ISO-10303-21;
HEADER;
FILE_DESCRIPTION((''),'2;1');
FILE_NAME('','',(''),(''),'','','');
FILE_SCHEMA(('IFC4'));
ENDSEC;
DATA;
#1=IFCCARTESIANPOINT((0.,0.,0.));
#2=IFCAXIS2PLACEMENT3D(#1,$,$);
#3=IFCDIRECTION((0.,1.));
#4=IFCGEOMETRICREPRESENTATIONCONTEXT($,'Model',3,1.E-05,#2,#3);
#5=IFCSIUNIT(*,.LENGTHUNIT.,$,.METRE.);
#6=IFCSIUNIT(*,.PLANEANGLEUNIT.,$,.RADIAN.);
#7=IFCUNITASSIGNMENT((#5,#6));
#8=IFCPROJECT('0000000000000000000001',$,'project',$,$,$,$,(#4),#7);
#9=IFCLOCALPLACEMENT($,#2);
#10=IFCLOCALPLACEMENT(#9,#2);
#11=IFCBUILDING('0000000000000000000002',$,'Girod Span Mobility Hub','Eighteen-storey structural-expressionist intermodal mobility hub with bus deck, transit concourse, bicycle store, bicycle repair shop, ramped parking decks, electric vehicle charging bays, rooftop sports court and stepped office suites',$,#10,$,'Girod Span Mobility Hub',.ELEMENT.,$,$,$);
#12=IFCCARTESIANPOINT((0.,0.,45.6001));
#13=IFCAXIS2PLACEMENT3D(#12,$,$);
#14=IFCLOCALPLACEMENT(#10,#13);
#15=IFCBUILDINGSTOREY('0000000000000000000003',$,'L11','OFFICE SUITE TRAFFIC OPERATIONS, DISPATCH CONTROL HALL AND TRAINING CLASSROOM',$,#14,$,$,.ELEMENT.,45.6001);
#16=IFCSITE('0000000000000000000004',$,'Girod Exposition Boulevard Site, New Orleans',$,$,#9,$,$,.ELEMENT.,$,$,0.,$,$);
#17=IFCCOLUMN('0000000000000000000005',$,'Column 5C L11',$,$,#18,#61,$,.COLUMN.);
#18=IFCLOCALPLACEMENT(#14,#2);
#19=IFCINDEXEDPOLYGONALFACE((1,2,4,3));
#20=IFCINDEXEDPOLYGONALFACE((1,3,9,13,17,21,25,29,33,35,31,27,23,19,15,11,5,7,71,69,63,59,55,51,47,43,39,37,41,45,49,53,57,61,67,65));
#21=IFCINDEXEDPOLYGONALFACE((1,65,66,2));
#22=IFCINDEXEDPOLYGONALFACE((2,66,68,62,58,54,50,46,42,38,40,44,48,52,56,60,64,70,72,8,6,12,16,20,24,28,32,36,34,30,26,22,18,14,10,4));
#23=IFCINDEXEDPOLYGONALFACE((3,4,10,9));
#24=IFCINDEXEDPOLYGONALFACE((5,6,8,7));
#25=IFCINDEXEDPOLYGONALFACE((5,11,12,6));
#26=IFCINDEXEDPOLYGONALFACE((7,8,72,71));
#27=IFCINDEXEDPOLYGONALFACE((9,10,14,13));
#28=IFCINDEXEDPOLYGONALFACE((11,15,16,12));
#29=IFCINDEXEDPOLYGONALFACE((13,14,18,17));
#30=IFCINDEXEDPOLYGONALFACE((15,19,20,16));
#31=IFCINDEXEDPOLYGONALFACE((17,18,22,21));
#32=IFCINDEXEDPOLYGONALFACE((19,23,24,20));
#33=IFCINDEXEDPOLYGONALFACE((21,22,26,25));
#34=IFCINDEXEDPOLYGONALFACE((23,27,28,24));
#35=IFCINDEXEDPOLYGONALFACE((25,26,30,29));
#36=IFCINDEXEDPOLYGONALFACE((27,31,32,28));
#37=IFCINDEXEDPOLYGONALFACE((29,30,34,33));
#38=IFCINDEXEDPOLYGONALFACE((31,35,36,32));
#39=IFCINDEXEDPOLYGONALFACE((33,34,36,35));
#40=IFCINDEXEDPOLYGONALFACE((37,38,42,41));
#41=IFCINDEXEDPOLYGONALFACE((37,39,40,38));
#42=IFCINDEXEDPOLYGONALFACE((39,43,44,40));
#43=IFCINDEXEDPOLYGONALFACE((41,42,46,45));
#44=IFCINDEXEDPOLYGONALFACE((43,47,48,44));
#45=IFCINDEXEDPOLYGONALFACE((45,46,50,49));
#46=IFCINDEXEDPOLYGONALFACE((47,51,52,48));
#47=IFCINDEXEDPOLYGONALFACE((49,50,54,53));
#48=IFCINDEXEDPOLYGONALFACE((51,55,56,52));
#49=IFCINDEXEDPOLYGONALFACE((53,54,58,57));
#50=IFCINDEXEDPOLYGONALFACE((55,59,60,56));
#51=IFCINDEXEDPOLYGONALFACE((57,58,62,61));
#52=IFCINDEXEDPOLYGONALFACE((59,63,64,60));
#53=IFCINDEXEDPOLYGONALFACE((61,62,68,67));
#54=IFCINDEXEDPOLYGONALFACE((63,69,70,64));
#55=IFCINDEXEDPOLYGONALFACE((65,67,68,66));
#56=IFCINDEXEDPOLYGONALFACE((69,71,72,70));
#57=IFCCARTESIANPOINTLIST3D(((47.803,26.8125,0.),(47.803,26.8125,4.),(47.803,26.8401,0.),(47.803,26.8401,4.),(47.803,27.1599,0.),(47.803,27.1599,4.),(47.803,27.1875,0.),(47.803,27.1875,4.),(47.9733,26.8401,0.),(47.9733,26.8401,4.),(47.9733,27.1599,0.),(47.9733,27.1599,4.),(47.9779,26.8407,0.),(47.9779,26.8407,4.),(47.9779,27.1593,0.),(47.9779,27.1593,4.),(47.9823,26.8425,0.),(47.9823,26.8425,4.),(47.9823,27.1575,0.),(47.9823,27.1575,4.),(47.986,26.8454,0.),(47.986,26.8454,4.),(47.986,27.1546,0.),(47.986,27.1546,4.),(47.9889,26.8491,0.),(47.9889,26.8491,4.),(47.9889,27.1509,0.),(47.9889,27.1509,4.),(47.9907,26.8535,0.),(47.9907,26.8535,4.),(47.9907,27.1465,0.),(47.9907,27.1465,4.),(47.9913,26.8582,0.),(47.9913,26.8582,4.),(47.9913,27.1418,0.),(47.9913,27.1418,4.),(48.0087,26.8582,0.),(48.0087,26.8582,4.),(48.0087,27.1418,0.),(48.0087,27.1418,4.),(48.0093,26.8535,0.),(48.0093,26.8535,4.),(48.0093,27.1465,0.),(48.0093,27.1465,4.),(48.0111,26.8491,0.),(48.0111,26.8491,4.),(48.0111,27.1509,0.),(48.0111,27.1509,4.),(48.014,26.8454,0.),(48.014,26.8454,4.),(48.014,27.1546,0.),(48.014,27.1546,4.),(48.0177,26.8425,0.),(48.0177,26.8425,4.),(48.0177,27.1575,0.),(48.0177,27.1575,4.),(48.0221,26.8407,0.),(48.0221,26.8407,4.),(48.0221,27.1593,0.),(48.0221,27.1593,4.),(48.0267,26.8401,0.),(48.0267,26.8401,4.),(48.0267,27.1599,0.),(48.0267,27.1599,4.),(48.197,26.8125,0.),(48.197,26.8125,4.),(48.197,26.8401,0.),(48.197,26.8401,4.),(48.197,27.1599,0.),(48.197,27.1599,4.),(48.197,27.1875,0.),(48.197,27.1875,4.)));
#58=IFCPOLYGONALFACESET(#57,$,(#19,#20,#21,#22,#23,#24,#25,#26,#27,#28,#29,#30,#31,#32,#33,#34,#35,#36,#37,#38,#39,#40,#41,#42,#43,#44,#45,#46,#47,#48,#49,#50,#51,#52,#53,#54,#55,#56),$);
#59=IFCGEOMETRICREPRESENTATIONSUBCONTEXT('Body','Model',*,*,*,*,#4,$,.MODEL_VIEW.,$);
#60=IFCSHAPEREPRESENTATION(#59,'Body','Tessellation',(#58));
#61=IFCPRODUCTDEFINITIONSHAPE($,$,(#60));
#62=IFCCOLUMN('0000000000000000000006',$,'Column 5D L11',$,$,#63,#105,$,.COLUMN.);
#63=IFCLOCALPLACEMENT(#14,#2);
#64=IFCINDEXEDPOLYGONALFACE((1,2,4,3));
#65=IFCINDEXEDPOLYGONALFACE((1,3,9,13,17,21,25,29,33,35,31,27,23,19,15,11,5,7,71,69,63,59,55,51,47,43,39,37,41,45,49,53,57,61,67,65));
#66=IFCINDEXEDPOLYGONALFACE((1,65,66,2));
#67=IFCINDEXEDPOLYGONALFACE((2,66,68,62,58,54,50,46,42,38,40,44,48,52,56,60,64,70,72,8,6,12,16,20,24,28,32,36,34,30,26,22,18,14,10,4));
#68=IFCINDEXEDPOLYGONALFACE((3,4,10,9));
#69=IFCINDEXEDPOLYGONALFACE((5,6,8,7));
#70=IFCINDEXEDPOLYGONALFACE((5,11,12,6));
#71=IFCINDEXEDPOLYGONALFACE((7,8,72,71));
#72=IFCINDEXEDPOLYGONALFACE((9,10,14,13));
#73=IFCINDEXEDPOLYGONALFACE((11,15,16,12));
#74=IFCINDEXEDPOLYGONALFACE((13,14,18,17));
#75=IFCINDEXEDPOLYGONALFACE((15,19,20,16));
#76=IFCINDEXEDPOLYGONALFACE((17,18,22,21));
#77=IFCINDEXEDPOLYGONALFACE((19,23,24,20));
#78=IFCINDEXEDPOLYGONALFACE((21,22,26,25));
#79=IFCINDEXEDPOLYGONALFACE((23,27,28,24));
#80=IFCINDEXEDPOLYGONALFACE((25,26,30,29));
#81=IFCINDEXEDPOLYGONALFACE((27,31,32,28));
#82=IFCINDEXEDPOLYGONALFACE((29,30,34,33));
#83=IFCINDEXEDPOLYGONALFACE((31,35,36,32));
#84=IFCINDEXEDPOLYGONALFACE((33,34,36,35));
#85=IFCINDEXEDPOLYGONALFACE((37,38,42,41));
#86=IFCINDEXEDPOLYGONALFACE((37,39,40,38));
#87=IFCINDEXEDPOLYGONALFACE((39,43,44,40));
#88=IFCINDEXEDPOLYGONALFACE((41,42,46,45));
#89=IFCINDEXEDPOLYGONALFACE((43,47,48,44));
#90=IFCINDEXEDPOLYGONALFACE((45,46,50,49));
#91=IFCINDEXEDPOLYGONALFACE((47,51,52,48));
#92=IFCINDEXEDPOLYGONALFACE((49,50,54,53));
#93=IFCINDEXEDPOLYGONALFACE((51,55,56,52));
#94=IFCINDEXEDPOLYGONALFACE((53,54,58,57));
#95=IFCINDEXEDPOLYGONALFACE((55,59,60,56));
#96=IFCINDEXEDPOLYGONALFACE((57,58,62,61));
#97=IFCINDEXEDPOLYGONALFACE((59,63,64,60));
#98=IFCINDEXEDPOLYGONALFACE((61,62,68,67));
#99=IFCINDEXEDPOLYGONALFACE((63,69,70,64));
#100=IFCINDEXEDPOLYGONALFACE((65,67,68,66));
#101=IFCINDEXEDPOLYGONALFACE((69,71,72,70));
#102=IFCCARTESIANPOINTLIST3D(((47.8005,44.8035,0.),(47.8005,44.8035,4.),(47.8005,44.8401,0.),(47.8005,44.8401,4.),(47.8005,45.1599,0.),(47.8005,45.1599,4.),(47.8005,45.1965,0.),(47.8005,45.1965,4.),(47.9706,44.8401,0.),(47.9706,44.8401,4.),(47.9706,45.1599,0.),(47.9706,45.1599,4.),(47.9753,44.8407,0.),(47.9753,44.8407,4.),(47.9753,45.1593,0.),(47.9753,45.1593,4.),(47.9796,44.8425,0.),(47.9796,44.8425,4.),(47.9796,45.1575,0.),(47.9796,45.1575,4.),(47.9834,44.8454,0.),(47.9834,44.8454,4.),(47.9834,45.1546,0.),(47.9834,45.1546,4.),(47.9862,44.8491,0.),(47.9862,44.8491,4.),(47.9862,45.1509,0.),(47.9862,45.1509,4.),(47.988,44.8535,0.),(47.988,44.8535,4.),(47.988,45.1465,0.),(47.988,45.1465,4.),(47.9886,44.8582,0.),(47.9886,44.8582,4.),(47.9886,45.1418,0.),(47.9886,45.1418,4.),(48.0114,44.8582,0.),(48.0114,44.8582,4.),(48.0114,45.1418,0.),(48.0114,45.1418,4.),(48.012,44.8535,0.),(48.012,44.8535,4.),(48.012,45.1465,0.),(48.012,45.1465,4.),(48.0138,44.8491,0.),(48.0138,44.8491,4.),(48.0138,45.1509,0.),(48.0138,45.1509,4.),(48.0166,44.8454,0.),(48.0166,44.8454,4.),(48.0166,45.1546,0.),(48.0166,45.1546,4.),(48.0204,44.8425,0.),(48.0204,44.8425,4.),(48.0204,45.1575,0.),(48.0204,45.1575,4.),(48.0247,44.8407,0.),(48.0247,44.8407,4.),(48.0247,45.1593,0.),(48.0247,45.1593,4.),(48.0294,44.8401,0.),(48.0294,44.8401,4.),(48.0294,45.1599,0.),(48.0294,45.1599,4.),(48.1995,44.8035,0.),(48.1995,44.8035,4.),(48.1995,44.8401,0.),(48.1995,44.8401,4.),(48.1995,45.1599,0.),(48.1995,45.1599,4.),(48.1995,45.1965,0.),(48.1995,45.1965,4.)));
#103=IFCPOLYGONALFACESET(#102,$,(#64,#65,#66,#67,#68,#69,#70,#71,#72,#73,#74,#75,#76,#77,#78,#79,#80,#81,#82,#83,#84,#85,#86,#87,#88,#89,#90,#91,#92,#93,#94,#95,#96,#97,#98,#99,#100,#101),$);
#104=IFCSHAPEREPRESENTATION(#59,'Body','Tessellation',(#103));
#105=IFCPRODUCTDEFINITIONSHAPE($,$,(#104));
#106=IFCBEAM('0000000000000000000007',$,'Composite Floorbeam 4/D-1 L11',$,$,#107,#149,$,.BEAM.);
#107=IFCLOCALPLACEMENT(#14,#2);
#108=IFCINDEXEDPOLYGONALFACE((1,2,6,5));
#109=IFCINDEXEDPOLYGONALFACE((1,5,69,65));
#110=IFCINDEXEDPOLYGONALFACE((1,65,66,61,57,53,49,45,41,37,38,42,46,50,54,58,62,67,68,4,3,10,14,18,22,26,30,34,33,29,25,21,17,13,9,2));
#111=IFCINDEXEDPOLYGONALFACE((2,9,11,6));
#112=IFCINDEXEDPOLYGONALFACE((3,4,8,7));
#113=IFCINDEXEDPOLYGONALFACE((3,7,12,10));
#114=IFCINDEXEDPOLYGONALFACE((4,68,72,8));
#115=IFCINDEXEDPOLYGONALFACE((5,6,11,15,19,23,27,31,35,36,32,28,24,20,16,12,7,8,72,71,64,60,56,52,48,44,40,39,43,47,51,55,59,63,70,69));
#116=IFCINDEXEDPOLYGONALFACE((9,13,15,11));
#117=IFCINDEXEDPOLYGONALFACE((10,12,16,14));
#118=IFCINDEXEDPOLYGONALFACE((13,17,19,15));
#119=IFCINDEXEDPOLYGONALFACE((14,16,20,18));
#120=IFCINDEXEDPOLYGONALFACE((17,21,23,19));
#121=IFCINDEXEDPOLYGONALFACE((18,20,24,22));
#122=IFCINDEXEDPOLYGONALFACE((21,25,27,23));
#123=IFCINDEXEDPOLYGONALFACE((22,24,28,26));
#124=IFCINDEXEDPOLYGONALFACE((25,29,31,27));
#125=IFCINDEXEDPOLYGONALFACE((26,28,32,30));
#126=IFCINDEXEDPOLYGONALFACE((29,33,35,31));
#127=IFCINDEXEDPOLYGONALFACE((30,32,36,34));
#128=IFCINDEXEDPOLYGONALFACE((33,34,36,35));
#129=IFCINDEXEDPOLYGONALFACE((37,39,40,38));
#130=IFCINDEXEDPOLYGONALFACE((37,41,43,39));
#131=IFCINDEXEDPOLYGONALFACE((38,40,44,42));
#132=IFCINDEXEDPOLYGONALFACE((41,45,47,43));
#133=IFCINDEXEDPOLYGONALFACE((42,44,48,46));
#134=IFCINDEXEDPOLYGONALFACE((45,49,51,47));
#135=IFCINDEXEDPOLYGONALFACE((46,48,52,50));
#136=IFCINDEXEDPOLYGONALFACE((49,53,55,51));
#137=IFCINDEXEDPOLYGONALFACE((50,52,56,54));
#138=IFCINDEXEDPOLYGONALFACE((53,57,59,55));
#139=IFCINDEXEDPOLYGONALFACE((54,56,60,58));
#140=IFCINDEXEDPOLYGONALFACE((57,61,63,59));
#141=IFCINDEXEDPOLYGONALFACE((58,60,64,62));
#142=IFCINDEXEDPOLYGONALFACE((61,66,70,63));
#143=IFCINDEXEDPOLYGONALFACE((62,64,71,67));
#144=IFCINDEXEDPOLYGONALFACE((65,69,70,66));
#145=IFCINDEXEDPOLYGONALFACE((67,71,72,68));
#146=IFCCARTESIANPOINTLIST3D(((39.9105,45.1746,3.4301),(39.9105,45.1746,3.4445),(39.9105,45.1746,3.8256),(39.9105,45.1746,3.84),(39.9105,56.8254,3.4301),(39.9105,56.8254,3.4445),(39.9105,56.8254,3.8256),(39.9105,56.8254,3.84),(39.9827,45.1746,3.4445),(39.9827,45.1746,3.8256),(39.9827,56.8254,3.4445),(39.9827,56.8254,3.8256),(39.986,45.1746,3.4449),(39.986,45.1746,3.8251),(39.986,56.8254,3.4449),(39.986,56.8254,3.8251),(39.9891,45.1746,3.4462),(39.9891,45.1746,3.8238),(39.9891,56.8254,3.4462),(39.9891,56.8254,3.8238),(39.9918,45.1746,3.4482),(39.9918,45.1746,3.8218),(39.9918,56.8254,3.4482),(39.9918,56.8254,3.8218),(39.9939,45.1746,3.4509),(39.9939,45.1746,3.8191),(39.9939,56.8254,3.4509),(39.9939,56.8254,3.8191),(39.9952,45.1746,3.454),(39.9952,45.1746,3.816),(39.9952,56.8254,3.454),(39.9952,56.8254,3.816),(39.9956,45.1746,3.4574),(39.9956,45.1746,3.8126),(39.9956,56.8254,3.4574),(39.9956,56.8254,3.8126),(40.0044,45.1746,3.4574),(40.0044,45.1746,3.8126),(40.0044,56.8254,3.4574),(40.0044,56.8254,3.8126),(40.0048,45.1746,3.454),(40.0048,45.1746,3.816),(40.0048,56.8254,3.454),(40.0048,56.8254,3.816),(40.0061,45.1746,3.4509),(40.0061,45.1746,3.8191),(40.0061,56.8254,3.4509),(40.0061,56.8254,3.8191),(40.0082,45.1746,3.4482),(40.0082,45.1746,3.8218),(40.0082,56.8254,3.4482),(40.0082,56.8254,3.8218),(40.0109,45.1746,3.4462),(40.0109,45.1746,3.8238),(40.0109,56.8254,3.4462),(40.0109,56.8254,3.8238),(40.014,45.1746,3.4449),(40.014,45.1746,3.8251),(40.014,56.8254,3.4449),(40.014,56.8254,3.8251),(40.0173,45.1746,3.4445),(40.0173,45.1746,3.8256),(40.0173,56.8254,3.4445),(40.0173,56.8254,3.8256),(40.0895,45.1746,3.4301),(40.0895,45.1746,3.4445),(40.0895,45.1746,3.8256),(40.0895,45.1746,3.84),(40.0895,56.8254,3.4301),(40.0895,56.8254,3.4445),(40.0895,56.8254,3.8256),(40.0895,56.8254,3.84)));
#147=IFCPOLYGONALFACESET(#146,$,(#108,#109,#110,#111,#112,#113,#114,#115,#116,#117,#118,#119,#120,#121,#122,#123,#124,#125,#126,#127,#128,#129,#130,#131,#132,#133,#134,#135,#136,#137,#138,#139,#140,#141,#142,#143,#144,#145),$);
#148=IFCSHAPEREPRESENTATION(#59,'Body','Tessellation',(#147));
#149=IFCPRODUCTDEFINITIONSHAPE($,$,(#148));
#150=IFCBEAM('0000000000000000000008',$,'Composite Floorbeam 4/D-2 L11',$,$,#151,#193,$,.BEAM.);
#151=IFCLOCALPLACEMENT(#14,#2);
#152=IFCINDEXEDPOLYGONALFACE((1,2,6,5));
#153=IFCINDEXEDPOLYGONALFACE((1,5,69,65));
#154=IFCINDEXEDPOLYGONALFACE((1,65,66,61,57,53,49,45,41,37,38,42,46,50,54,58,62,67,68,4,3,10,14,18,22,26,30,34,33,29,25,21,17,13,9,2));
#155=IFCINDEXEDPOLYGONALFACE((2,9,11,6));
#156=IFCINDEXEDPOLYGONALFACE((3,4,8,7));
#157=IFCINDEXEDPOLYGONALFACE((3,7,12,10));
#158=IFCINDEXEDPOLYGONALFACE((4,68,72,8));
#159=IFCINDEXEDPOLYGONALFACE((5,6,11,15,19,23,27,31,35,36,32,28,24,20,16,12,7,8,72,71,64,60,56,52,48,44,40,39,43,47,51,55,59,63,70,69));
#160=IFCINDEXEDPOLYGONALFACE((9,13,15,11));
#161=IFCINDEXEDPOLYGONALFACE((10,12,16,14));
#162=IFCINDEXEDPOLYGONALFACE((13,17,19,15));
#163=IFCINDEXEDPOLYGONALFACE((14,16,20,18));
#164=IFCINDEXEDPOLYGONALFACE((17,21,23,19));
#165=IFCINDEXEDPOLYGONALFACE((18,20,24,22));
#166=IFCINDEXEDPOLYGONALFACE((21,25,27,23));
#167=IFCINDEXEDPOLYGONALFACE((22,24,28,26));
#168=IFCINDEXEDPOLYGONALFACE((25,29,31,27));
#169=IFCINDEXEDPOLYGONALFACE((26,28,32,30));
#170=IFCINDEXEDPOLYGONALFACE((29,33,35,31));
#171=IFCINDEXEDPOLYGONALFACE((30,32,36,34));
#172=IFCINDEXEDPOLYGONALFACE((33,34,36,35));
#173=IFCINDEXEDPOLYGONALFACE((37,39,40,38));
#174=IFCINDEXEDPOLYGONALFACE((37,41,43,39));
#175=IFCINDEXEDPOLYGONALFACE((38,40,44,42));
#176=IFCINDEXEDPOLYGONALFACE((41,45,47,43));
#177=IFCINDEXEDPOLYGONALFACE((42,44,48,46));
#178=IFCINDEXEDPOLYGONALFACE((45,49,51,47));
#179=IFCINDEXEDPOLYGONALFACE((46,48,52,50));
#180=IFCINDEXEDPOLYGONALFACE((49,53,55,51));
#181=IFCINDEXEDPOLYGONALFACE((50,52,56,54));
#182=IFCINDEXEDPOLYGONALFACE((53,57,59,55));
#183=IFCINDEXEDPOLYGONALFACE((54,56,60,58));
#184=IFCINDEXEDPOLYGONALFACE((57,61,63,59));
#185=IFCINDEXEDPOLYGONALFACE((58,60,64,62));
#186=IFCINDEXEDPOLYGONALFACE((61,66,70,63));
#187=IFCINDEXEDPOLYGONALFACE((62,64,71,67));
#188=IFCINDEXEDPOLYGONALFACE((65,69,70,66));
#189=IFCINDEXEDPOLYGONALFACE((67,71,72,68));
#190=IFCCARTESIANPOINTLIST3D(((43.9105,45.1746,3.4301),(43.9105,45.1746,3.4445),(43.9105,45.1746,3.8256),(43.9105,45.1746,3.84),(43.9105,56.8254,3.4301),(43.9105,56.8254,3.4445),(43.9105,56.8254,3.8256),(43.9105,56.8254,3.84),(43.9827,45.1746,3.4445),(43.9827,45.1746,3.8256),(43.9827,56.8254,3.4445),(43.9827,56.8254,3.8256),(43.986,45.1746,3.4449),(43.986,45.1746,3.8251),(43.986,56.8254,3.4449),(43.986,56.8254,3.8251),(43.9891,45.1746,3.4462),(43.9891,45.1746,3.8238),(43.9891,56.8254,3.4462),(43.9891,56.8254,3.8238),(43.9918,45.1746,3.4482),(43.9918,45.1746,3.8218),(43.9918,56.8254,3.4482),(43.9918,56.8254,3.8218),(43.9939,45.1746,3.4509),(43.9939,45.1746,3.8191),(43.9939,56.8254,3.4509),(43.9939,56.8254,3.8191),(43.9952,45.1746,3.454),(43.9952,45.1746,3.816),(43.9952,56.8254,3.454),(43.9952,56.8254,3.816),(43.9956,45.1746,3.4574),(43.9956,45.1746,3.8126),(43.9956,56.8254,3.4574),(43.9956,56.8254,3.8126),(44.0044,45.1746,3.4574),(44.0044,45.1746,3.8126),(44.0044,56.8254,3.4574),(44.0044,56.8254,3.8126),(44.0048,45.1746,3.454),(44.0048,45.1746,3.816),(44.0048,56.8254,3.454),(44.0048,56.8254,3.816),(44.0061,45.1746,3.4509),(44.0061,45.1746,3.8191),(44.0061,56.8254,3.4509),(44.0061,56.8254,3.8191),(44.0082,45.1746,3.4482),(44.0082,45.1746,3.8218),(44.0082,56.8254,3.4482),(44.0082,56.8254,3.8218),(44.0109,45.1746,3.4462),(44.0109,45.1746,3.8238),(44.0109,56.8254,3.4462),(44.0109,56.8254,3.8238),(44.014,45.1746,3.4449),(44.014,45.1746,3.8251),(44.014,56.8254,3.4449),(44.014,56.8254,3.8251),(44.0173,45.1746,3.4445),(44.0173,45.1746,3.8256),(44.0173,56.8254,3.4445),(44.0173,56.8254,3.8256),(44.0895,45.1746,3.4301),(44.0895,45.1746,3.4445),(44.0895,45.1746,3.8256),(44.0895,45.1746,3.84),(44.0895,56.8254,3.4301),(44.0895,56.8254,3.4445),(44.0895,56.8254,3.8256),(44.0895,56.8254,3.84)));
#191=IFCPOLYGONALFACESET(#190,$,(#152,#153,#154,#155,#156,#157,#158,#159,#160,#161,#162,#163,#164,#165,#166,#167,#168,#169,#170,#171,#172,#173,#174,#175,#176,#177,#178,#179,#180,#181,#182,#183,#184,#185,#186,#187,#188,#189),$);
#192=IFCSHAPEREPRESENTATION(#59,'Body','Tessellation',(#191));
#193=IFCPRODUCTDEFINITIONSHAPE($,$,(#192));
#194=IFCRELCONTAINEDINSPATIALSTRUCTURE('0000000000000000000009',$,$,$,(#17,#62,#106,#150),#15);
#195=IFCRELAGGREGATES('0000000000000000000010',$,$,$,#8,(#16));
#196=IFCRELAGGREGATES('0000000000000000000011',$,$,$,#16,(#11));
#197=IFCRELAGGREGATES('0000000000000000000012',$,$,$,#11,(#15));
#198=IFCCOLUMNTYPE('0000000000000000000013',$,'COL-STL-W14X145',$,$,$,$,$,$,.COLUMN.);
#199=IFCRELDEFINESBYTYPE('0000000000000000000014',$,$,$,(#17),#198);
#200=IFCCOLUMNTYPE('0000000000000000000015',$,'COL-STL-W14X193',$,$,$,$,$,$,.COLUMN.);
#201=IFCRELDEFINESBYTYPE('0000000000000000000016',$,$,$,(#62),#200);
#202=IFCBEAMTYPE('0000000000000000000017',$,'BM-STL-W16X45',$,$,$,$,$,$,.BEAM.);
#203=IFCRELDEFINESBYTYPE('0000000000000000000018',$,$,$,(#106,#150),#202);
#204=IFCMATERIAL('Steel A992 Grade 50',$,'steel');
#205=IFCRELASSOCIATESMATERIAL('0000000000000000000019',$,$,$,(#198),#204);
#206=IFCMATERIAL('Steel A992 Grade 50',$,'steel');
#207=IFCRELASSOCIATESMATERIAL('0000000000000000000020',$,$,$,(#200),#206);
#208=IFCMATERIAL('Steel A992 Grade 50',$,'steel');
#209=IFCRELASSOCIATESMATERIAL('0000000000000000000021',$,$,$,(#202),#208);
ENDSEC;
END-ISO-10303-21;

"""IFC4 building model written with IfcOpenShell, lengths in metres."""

from ifc_helpers import new_model, si_unit, direction, frame, origin, origin_2d, place, context, subcontext, project, spatial, i_section, extrude, material, material_profile, profile_set, type_object, element, save


model = new_model("IFC4")

# Units and contexts
model_context = context("Model", 3, precision=1e-05, world=origin(), true_north=direction((0.0, 1.0)))
body_context = subcontext(model_context, "Body", "Model", "MODEL_VIEW")
ifc_project = project(units=[si_unit("LENGTHUNIT", "METRE"), si_unit("PLANEANGLEUNIT", "RADIAN")], contexts=[model_context])

# Site, building, storey
site_placement = place(None, origin())
site = spatial("IfcSite", under=ifc_project, at=site_placement, Name="Girod Exposition Boulevard Site, New Orleans", CompositionType="ELEMENT", RefElevation=0.0)
building_placement = place(site_placement, origin())
building = spatial("IfcBuilding", under=site, at=building_placement, Name="Girod Span Mobility Hub", Description="Eighteen-storey structural-expressionist intermodal mobility hub with bus deck, transit concourse, bicycle store, bicycle repair shop, ramped parking decks, electric vehicle charging bays, rooftop sports court and stepped office suites", LongName="Girod Span Mobility Hub", CompositionType="ELEMENT")
storey_placement = place(building_placement, frame((0.0, 0.0, 45.6001)))
storey = spatial("IfcBuildingStorey", under=building, at=storey_placement, Name="L11", Description="OFFICE SUITE TRAFFIC OPERATIONS, DISPATCH CONTROL HALL AND TRAINING CLASSROOM", CompositionType="ELEMENT", Elevation=45.6001)

# Columns
ifc_material_1 = material(Name="Steel A992 Grade 50", Category="steel")
ifc_material_profile_1 = material_profile(ifc_material_1, i_section(OverallWidth=0.394, OverallDepth=0.375, WebThickness=0.0173, FlangeThickness=0.0276, FilletRadius=0.0181, at=origin_2d()), Name="W14X145")
ifc_profile_set_1 = profile_set([ifc_material_profile_1], Name="Steel A992 Grade 50")
column_type_1 = type_object("IfcColumnType", Name="COL-STL-W14X145", PredefinedType="COLUMN", material=ifc_profile_set_1)
column_1_placement = place(storey_placement, frame((48.0, 27.0, 0.0), z_axis=(0.0, 0.0, 1.0), x_axis=(1.0, 0.0, 0.0)))
element("IfcColumn", 1, at=column_1_placement, inside=storey, type_object=column_type_1, Name="Column 5C L11", PredefinedType="COLUMN", context=body_context, shape_type="SweptSolid", body=[
    extrude(i_section(OverallWidth=0.394, OverallDepth=0.375, WebThickness=0.0173, FlangeThickness=0.0276, FilletRadius=0.0181, at=origin_2d()), origin(), (0.0, 0.0, 1.0), 4.0),
])
ifc_material_2 = material(Name="Steel A992 Grade 50", Category="steel")
ifc_material_profile_2 = material_profile(ifc_material_2, i_section(OverallWidth=0.3989, OverallDepth=0.3931, WebThickness=0.0227, FlangeThickness=0.0366, FilletRadius=0.0181, at=origin_2d()), Name="W14X193")
ifc_profile_set_2 = profile_set([ifc_material_profile_2], Name="Steel A992 Grade 50")
column_type_2 = type_object("IfcColumnType", Name="COL-STL-W14X193", PredefinedType="COLUMN", material=ifc_profile_set_2)
column_2_placement = place(storey_placement, frame((48.0, 45.0, 0.0), z_axis=(0.0, 0.0, 1.0), x_axis=(1.0, 0.0, 0.0)))
element("IfcColumn", 2, at=column_2_placement, inside=storey, type_object=column_type_2, Name="Column 5D L11", PredefinedType="COLUMN", context=body_context, shape_type="SweptSolid", body=[
    extrude(i_section(OverallWidth=0.3989, OverallDepth=0.3931, WebThickness=0.0227, FlangeThickness=0.0366, FilletRadius=0.0181, at=origin_2d()), origin(), (0.0, 0.0, 1.0), 4.0),
])

# Beams
ifc_material_3 = material(Name="Steel A992 Grade 50", Category="steel")
ifc_material_profile_3 = material_profile(ifc_material_3, i_section(OverallWidth=0.179, OverallDepth=0.4099, WebThickness=0.0088, FlangeThickness=0.0144, FilletRadius=0.0129, at=origin_2d()), Name="W16X45")
ifc_profile_set_3 = profile_set([ifc_material_profile_3], Name="Steel A992 Grade 50")
beam_type_1 = type_object("IfcBeamType", Name="BM-STL-W16X45", PredefinedType="BEAM", material=ifc_profile_set_3)
for number, where, z_axis, x_axis, name in (
    (3, (40.0, 45.1746, 3.635), (0.0, 1.0, 0.0), (-1.0, 0.0, 0.0), "Composite Floorbeam 4/D-1 L11"),
    (4, (44.0, 45.1746, 3.635), (0.0, 1.0, 0.0), (-1.0, 0.0, 0.0), "Composite Floorbeam 4/D-2 L11"),
):
    element("IfcBeam", number, at=place(storey_placement, frame(where, z_axis=z_axis, x_axis=x_axis)), inside=storey, type_object=beam_type_1, Name=name, PredefinedType="BEAM", context=body_context, shape_type="SweptSolid", body=[
        extrude(i_section(OverallWidth=0.179, OverallDepth=0.4099, WebThickness=0.0088, FlangeThickness=0.0144, FilletRadius=0.0129, at=origin_2d()), origin(), (0.0, 0.0, 1.0), 11.6509),
    ])

save(model, "model.ifc")
